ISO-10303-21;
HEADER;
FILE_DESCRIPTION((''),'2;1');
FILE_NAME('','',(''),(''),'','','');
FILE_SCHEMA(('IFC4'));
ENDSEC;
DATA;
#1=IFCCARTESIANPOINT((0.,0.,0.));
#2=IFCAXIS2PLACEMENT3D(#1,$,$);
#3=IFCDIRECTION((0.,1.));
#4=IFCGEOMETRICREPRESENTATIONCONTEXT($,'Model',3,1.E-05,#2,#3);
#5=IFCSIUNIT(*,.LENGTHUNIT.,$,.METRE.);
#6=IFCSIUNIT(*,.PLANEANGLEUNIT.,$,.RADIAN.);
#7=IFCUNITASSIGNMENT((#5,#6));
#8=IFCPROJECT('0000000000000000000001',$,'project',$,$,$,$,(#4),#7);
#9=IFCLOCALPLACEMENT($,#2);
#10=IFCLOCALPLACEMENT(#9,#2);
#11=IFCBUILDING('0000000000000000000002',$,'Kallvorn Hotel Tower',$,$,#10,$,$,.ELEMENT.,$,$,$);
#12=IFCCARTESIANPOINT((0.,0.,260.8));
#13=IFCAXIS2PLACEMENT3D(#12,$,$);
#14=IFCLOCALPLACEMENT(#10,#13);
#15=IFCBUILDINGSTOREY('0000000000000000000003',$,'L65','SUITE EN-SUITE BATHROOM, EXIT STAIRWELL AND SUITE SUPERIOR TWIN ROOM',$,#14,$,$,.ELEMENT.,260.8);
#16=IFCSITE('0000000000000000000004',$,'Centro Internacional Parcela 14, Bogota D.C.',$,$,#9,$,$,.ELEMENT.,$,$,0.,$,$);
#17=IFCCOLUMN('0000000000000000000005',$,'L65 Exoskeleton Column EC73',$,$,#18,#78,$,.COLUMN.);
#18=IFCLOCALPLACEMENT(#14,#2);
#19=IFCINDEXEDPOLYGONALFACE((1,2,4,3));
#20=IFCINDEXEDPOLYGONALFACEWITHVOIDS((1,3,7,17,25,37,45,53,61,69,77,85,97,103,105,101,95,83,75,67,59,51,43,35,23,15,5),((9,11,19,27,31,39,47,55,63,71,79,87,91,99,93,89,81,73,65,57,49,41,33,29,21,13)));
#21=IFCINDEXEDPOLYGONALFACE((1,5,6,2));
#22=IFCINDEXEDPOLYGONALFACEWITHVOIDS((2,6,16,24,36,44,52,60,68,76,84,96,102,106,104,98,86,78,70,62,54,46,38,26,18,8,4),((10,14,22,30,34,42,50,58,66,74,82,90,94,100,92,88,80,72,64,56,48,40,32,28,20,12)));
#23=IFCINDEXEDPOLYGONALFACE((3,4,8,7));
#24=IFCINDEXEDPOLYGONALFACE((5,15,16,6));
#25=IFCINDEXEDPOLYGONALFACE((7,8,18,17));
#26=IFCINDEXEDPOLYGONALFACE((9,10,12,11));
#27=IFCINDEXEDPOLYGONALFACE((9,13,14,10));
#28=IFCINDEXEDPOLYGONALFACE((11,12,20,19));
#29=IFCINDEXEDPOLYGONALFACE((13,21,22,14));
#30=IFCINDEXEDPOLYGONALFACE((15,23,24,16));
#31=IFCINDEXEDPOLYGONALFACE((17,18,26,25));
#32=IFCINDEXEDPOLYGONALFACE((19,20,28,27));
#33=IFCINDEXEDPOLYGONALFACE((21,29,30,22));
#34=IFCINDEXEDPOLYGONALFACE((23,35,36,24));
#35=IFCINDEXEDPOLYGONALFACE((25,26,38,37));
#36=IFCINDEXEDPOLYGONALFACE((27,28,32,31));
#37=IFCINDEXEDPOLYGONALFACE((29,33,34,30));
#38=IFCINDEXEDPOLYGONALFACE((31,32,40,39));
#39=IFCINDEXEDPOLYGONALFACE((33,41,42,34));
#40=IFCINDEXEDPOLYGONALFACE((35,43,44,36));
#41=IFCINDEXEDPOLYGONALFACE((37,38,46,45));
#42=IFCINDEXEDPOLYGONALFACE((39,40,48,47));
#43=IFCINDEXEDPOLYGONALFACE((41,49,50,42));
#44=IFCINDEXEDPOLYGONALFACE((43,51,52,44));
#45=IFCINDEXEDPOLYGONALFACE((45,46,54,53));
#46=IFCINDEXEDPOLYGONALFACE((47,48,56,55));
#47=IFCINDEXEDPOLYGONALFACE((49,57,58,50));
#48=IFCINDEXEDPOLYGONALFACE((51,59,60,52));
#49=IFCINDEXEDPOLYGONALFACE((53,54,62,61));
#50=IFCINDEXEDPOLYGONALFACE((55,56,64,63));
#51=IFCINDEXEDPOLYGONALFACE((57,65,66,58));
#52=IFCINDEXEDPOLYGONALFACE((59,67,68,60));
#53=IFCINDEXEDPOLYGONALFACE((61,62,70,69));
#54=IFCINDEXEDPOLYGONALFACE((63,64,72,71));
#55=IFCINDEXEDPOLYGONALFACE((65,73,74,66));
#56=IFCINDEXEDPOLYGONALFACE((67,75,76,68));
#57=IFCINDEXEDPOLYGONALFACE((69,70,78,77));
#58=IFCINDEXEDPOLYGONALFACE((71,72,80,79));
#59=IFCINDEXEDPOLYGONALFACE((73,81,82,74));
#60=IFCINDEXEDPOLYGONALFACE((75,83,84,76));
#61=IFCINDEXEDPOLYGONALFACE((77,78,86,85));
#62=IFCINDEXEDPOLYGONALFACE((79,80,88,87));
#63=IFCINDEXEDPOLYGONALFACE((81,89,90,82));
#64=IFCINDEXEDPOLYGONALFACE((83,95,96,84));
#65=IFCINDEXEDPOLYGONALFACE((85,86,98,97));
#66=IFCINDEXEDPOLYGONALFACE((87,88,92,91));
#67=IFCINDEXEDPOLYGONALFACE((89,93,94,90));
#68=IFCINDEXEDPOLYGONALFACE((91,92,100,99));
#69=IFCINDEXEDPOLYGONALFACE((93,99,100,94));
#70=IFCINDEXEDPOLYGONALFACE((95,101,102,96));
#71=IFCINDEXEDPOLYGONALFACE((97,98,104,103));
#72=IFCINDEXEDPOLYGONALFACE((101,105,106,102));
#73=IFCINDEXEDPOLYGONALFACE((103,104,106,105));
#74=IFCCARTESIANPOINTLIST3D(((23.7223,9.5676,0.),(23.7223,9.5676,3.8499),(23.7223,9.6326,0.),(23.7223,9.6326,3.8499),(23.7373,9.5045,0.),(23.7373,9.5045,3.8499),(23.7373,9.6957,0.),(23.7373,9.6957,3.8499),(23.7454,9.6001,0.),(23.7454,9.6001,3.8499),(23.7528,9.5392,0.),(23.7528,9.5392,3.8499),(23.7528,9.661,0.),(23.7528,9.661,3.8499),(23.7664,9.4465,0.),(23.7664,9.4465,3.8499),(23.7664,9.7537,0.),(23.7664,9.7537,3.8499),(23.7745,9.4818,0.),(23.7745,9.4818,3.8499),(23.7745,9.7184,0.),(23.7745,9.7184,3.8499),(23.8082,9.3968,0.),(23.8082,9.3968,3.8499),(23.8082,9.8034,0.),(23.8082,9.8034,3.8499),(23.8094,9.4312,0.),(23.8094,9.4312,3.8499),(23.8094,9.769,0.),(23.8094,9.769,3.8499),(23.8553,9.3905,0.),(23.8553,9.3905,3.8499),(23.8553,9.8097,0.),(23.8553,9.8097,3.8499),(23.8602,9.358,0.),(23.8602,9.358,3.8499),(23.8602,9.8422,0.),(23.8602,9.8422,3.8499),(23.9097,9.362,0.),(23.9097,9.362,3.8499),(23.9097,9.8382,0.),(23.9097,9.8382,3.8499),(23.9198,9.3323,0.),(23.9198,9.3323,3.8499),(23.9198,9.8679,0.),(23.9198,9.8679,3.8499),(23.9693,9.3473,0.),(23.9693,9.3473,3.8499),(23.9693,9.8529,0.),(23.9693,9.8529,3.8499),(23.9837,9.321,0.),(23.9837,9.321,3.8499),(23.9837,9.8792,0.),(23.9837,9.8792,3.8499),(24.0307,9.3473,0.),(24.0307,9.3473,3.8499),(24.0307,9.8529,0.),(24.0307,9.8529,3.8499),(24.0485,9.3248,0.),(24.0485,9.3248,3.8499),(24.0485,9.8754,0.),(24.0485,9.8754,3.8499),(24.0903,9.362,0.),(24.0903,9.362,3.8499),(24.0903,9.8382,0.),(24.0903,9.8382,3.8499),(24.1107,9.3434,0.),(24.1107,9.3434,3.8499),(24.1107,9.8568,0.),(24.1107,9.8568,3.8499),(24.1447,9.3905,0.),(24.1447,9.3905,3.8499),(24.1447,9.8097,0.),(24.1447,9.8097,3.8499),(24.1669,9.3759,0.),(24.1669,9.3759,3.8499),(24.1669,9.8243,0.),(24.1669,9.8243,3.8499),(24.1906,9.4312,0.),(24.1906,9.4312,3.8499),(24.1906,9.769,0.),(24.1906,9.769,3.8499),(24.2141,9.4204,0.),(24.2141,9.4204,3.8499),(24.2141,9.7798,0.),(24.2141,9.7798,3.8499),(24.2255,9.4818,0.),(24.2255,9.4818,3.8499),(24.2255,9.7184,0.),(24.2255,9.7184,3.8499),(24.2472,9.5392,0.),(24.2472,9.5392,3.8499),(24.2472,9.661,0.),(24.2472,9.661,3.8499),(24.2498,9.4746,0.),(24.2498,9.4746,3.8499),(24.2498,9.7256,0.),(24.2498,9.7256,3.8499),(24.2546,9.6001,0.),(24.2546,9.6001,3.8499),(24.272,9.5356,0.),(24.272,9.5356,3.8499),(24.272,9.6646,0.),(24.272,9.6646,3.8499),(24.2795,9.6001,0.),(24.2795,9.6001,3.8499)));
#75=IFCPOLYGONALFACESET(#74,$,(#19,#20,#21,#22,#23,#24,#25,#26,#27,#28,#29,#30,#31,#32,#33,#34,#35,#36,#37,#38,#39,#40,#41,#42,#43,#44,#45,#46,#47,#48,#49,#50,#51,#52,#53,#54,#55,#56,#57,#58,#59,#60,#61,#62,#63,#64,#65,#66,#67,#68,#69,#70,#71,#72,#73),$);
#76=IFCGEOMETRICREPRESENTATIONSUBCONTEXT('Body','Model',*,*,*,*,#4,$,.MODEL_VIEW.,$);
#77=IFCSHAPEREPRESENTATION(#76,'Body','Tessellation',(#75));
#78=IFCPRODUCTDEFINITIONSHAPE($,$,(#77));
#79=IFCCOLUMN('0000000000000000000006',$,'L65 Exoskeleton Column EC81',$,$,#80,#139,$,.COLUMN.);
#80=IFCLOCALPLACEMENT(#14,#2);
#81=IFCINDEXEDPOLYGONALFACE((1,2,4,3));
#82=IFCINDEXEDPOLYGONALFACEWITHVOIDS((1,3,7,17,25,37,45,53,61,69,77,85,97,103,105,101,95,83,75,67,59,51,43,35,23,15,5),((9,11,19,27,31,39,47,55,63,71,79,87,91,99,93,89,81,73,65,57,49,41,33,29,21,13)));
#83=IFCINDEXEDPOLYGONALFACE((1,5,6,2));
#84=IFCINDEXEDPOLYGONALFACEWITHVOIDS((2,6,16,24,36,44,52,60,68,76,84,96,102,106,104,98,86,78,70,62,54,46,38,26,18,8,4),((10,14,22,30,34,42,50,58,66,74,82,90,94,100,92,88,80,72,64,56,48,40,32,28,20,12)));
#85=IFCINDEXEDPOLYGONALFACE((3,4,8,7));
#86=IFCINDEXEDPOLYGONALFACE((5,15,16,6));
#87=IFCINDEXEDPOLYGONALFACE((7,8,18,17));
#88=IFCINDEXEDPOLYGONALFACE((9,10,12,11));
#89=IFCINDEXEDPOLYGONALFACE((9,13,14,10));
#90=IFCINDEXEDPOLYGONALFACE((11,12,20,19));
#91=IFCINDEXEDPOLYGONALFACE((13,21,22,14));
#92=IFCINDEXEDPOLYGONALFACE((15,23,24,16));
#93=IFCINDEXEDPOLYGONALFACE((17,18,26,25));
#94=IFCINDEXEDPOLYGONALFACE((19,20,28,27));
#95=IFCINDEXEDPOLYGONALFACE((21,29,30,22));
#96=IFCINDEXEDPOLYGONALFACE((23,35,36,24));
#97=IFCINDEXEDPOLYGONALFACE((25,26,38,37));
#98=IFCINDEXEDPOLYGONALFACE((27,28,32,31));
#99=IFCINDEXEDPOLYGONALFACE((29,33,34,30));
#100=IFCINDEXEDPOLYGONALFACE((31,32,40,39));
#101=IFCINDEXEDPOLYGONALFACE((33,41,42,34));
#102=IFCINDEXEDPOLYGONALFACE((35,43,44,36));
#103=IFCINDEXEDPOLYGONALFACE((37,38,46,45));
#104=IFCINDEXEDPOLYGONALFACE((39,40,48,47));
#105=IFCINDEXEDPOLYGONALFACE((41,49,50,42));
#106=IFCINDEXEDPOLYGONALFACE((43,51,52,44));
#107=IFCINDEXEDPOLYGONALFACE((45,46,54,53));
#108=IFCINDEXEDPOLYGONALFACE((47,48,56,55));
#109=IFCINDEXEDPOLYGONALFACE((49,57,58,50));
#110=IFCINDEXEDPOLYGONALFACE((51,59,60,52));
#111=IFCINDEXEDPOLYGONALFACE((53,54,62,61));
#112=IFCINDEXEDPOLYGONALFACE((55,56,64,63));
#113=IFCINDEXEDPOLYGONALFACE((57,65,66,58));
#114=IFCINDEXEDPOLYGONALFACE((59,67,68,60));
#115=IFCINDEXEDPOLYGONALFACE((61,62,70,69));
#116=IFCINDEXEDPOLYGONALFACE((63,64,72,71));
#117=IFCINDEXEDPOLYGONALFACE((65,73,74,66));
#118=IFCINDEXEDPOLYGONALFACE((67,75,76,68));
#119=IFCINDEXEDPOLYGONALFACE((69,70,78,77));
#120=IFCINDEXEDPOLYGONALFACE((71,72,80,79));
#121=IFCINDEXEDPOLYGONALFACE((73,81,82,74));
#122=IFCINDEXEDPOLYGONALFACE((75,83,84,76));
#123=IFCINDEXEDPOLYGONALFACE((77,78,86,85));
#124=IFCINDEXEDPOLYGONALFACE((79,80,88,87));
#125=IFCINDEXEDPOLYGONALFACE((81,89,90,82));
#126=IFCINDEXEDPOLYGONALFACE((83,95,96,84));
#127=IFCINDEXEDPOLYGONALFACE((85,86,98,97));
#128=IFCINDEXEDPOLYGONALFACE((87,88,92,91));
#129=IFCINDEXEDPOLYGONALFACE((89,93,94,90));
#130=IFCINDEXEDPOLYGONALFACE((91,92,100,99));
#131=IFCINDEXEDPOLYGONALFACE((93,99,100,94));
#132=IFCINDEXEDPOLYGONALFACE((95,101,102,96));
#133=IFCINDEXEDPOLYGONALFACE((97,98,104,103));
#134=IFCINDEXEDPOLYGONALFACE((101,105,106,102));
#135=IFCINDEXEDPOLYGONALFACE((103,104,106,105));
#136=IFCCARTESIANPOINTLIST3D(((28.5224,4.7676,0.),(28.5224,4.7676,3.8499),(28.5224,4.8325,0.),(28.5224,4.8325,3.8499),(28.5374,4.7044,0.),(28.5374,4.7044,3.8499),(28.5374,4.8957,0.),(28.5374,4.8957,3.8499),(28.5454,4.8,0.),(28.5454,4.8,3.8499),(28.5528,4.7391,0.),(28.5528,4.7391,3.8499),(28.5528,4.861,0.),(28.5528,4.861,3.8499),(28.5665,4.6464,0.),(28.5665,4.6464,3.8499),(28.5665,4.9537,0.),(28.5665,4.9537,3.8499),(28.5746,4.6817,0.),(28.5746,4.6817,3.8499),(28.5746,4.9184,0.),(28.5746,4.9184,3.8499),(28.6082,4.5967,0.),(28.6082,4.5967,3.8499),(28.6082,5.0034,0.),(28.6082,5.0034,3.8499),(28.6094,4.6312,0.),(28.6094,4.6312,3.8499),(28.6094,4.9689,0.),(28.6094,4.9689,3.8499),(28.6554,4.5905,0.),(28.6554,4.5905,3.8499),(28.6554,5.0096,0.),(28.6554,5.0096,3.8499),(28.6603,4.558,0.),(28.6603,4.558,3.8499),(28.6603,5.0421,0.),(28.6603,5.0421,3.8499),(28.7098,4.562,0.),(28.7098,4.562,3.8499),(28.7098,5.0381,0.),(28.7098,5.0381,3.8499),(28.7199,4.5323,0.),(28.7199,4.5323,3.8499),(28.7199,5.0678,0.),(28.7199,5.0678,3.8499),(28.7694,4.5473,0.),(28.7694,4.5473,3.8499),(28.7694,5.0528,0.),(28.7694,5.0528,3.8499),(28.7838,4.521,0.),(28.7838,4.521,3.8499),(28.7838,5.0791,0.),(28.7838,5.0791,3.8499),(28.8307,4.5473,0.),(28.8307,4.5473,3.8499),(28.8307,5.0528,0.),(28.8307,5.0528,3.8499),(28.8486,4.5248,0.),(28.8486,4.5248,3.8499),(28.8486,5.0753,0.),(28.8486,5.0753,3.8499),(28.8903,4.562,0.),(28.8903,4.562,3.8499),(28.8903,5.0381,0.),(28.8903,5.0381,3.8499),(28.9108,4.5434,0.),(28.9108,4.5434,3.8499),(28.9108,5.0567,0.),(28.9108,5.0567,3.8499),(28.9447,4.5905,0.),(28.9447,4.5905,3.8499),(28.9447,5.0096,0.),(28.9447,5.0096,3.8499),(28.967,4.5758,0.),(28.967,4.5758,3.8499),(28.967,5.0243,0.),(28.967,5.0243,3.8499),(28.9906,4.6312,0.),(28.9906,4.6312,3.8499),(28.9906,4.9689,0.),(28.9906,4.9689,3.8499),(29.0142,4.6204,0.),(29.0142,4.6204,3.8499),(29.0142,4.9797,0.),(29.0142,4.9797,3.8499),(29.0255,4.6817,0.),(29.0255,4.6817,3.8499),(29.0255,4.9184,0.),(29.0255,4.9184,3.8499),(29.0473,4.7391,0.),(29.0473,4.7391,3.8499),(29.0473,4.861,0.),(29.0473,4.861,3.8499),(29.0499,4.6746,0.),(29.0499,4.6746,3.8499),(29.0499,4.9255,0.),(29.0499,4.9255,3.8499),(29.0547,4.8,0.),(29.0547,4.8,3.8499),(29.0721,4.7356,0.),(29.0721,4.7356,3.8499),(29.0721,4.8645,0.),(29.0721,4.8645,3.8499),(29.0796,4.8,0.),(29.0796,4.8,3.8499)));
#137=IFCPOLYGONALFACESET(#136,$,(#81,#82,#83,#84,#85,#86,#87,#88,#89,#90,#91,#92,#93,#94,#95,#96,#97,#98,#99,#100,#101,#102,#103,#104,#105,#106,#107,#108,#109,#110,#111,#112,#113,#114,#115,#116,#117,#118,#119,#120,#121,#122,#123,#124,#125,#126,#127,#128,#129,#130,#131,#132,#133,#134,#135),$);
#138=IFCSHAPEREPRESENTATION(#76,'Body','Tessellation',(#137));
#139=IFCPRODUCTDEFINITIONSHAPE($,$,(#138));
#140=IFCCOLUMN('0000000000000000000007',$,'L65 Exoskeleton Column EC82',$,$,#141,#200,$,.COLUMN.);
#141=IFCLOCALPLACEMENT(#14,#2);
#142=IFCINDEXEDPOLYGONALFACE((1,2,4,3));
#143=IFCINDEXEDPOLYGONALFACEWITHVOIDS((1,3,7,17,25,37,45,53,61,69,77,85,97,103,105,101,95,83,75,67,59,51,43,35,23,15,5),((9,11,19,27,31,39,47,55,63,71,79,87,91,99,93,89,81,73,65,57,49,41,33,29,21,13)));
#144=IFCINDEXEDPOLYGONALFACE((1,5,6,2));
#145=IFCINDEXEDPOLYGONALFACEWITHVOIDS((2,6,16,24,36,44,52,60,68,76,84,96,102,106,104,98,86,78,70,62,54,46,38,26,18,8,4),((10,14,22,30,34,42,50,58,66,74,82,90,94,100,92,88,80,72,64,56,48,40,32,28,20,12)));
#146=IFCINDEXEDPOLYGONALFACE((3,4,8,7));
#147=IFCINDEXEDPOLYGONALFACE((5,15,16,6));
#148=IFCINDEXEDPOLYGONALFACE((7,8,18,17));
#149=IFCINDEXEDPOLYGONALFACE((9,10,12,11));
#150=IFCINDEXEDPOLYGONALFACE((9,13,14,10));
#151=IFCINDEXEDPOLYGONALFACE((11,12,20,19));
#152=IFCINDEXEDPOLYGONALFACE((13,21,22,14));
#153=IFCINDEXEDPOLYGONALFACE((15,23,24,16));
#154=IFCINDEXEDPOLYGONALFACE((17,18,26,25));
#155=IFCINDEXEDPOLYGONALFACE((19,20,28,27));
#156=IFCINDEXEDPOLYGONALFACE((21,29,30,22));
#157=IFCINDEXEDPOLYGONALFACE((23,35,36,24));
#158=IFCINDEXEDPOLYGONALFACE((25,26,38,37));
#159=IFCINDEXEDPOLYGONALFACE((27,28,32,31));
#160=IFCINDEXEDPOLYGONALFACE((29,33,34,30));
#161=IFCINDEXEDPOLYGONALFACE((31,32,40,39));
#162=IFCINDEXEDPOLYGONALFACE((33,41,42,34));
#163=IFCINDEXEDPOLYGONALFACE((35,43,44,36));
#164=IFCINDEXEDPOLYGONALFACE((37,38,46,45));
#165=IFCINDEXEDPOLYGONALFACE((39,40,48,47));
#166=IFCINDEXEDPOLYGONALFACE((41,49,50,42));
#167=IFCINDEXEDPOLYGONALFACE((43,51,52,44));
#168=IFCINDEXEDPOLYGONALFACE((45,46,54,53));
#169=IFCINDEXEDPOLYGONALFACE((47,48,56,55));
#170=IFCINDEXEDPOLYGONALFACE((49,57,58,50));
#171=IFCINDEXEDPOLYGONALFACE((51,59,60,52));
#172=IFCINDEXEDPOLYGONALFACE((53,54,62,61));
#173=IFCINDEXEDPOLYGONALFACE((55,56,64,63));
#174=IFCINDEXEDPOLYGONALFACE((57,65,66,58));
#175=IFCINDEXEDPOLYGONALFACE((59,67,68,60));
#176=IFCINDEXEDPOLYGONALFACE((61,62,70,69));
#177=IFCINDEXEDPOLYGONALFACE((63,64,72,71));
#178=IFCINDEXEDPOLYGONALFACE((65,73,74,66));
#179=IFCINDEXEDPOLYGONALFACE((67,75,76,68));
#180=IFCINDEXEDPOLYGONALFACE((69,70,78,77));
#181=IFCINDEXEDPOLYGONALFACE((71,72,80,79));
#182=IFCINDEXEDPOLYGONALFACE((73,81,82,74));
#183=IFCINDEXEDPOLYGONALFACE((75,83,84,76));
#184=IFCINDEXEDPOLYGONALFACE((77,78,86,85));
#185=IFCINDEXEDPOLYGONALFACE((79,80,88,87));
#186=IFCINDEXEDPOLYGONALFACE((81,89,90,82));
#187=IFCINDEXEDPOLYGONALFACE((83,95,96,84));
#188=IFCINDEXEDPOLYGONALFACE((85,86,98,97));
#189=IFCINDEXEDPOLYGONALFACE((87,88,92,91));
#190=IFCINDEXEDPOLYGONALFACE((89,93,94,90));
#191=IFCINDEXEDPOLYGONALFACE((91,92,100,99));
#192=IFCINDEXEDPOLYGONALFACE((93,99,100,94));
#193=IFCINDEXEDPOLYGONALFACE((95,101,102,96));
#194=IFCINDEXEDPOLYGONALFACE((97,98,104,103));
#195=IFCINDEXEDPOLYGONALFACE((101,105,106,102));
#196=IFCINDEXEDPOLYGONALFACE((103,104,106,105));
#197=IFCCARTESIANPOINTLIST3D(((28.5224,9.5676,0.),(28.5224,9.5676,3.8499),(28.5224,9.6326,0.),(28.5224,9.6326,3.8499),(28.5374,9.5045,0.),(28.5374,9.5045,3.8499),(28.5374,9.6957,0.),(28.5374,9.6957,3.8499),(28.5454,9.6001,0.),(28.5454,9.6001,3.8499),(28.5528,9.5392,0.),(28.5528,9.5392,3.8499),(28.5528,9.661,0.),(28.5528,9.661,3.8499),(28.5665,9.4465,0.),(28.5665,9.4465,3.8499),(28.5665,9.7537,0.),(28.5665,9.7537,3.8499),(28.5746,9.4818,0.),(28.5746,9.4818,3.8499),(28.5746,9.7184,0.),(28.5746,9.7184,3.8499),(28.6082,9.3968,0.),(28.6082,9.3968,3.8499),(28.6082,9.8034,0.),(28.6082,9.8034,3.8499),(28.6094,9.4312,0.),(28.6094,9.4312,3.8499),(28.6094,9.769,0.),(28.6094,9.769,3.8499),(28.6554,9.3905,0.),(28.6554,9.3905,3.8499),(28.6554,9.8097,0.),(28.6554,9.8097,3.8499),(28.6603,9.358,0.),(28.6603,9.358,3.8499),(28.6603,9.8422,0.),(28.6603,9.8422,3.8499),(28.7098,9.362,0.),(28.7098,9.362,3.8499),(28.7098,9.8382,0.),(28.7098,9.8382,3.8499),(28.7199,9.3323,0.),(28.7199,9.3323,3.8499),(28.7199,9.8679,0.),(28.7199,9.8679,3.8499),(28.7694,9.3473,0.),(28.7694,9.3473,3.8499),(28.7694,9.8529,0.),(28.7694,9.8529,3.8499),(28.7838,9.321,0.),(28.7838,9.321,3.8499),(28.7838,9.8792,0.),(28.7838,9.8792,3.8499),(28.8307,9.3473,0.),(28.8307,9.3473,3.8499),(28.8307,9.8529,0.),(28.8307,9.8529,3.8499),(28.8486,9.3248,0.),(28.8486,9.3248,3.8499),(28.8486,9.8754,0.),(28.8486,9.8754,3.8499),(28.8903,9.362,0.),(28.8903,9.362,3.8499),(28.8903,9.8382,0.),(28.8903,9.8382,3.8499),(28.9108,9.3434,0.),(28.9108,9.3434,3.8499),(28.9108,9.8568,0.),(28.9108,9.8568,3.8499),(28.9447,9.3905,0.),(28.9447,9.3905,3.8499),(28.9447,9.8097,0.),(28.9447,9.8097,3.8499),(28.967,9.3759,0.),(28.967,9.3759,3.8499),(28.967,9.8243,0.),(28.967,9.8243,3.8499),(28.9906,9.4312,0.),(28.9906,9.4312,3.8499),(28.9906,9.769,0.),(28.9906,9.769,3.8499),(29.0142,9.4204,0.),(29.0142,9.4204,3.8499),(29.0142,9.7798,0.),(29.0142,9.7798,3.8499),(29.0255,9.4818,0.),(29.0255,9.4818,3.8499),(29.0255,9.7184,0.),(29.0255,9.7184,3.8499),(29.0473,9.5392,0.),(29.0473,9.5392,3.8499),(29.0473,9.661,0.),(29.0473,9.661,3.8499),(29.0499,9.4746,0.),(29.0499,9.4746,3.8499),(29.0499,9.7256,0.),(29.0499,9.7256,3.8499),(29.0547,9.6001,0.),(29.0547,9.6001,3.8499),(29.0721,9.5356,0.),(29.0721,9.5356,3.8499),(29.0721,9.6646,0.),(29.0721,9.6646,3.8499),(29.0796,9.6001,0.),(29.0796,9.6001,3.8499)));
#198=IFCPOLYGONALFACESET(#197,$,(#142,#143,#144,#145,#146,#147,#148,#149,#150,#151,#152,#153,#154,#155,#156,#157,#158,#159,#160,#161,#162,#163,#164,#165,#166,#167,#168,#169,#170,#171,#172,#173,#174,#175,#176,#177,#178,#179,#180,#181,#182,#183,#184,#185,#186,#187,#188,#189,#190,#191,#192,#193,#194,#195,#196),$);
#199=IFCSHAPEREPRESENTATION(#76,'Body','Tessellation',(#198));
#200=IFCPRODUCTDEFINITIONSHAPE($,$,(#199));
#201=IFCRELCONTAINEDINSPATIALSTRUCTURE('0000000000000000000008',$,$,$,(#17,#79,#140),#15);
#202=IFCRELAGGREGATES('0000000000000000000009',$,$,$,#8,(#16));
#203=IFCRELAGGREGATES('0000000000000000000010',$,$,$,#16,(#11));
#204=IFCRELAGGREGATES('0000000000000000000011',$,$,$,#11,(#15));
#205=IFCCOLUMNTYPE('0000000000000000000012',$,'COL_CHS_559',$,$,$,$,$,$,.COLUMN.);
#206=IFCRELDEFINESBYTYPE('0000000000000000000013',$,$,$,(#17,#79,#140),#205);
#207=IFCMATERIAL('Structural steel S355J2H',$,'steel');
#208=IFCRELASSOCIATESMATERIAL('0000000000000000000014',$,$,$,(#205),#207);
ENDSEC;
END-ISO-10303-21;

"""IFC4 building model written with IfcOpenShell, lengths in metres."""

from ifc_helpers import new_model, si_unit, direction, frame, origin, origin_2d, place, context, subcontext, project, spatial, hollow_circle, extrude, material, material_profile, profile_set, type_object, element, save


model = new_model("IFC4")

# Units and contexts
model_context = context("Model", 3, precision=1e-05, world=origin(), true_north=direction((0.0, 1.0)))
body_context = subcontext(model_context, "Body", "Model", "MODEL_VIEW")
ifc_project = project(units=[si_unit("LENGTHUNIT", "METRE"), si_unit("PLANEANGLEUNIT", "RADIAN")], contexts=[model_context])

# Site, building, storey
site_placement = place(None, origin())
site = spatial("IfcSite", under=ifc_project, at=site_placement, Name="Centro Internacional Parcela 14, Bogota D.C.", CompositionType="ELEMENT", RefElevation=0.0)
building_placement = place(site_placement, origin())
building = spatial("IfcBuilding", under=site, at=building_placement, Name="Kallvorn Hotel Tower", CompositionType="ELEMENT")
storey_placement = place(building_placement, frame((0.0, 0.0, 260.8)))
storey = spatial("IfcBuildingStorey", under=building, at=storey_placement, Name="L65", Description="SUITE EN-SUITE BATHROOM, EXIT STAIRWELL AND SUITE SUPERIOR TWIN ROOM", CompositionType="ELEMENT", Elevation=260.8)

# Columns
ifc_material_1 = material(Name="Structural steel S355J2H", Category="steel")
ifc_material_profile_1 = material_profile(ifc_material_1, hollow_circle(Radius=0.2795, WallThickness=0.0249, at=origin_2d()), Name="CHS 559x25")
ifc_profile_set_1 = profile_set([ifc_material_profile_1], Name="Structural steel S355J2H")
column_type_1 = type_object("IfcColumnType", Name="COL_CHS_559", PredefinedType="COLUMN", material=ifc_profile_set_1)
for number, where, z_axis, x_axis, name in (
    (1, (24.0, 9.6001, 0.0), (0.0, 0.0, 1.0), (1.0, 0.0, 0.0), "L65 Exoskeleton Column EC73"),
    (2, (28.8, 4.8, 0.0), (0.0, 0.0, 1.0), (1.0, 0.0, 0.0), "L65 Exoskeleton Column EC81"),
    (3, (28.8, 9.6001, 0.0), (0.0, 0.0, 1.0), (1.0, 0.0, 0.0), "L65 Exoskeleton Column EC82"),
):
    element("IfcColumn", number, at=place(storey_placement, frame(where, z_axis=z_axis, x_axis=x_axis)), inside=storey, type_object=column_type_1, Name=name, PredefinedType="COLUMN", context=body_context, shape_type="SweptSolid", body=[
        extrude(hollow_circle(Radius=0.2795, WallThickness=0.0249, at=origin_2d()), origin(), (0.0, 0.0, 1.0), 3.8499),
    ])

save(model, "model.ifc")
